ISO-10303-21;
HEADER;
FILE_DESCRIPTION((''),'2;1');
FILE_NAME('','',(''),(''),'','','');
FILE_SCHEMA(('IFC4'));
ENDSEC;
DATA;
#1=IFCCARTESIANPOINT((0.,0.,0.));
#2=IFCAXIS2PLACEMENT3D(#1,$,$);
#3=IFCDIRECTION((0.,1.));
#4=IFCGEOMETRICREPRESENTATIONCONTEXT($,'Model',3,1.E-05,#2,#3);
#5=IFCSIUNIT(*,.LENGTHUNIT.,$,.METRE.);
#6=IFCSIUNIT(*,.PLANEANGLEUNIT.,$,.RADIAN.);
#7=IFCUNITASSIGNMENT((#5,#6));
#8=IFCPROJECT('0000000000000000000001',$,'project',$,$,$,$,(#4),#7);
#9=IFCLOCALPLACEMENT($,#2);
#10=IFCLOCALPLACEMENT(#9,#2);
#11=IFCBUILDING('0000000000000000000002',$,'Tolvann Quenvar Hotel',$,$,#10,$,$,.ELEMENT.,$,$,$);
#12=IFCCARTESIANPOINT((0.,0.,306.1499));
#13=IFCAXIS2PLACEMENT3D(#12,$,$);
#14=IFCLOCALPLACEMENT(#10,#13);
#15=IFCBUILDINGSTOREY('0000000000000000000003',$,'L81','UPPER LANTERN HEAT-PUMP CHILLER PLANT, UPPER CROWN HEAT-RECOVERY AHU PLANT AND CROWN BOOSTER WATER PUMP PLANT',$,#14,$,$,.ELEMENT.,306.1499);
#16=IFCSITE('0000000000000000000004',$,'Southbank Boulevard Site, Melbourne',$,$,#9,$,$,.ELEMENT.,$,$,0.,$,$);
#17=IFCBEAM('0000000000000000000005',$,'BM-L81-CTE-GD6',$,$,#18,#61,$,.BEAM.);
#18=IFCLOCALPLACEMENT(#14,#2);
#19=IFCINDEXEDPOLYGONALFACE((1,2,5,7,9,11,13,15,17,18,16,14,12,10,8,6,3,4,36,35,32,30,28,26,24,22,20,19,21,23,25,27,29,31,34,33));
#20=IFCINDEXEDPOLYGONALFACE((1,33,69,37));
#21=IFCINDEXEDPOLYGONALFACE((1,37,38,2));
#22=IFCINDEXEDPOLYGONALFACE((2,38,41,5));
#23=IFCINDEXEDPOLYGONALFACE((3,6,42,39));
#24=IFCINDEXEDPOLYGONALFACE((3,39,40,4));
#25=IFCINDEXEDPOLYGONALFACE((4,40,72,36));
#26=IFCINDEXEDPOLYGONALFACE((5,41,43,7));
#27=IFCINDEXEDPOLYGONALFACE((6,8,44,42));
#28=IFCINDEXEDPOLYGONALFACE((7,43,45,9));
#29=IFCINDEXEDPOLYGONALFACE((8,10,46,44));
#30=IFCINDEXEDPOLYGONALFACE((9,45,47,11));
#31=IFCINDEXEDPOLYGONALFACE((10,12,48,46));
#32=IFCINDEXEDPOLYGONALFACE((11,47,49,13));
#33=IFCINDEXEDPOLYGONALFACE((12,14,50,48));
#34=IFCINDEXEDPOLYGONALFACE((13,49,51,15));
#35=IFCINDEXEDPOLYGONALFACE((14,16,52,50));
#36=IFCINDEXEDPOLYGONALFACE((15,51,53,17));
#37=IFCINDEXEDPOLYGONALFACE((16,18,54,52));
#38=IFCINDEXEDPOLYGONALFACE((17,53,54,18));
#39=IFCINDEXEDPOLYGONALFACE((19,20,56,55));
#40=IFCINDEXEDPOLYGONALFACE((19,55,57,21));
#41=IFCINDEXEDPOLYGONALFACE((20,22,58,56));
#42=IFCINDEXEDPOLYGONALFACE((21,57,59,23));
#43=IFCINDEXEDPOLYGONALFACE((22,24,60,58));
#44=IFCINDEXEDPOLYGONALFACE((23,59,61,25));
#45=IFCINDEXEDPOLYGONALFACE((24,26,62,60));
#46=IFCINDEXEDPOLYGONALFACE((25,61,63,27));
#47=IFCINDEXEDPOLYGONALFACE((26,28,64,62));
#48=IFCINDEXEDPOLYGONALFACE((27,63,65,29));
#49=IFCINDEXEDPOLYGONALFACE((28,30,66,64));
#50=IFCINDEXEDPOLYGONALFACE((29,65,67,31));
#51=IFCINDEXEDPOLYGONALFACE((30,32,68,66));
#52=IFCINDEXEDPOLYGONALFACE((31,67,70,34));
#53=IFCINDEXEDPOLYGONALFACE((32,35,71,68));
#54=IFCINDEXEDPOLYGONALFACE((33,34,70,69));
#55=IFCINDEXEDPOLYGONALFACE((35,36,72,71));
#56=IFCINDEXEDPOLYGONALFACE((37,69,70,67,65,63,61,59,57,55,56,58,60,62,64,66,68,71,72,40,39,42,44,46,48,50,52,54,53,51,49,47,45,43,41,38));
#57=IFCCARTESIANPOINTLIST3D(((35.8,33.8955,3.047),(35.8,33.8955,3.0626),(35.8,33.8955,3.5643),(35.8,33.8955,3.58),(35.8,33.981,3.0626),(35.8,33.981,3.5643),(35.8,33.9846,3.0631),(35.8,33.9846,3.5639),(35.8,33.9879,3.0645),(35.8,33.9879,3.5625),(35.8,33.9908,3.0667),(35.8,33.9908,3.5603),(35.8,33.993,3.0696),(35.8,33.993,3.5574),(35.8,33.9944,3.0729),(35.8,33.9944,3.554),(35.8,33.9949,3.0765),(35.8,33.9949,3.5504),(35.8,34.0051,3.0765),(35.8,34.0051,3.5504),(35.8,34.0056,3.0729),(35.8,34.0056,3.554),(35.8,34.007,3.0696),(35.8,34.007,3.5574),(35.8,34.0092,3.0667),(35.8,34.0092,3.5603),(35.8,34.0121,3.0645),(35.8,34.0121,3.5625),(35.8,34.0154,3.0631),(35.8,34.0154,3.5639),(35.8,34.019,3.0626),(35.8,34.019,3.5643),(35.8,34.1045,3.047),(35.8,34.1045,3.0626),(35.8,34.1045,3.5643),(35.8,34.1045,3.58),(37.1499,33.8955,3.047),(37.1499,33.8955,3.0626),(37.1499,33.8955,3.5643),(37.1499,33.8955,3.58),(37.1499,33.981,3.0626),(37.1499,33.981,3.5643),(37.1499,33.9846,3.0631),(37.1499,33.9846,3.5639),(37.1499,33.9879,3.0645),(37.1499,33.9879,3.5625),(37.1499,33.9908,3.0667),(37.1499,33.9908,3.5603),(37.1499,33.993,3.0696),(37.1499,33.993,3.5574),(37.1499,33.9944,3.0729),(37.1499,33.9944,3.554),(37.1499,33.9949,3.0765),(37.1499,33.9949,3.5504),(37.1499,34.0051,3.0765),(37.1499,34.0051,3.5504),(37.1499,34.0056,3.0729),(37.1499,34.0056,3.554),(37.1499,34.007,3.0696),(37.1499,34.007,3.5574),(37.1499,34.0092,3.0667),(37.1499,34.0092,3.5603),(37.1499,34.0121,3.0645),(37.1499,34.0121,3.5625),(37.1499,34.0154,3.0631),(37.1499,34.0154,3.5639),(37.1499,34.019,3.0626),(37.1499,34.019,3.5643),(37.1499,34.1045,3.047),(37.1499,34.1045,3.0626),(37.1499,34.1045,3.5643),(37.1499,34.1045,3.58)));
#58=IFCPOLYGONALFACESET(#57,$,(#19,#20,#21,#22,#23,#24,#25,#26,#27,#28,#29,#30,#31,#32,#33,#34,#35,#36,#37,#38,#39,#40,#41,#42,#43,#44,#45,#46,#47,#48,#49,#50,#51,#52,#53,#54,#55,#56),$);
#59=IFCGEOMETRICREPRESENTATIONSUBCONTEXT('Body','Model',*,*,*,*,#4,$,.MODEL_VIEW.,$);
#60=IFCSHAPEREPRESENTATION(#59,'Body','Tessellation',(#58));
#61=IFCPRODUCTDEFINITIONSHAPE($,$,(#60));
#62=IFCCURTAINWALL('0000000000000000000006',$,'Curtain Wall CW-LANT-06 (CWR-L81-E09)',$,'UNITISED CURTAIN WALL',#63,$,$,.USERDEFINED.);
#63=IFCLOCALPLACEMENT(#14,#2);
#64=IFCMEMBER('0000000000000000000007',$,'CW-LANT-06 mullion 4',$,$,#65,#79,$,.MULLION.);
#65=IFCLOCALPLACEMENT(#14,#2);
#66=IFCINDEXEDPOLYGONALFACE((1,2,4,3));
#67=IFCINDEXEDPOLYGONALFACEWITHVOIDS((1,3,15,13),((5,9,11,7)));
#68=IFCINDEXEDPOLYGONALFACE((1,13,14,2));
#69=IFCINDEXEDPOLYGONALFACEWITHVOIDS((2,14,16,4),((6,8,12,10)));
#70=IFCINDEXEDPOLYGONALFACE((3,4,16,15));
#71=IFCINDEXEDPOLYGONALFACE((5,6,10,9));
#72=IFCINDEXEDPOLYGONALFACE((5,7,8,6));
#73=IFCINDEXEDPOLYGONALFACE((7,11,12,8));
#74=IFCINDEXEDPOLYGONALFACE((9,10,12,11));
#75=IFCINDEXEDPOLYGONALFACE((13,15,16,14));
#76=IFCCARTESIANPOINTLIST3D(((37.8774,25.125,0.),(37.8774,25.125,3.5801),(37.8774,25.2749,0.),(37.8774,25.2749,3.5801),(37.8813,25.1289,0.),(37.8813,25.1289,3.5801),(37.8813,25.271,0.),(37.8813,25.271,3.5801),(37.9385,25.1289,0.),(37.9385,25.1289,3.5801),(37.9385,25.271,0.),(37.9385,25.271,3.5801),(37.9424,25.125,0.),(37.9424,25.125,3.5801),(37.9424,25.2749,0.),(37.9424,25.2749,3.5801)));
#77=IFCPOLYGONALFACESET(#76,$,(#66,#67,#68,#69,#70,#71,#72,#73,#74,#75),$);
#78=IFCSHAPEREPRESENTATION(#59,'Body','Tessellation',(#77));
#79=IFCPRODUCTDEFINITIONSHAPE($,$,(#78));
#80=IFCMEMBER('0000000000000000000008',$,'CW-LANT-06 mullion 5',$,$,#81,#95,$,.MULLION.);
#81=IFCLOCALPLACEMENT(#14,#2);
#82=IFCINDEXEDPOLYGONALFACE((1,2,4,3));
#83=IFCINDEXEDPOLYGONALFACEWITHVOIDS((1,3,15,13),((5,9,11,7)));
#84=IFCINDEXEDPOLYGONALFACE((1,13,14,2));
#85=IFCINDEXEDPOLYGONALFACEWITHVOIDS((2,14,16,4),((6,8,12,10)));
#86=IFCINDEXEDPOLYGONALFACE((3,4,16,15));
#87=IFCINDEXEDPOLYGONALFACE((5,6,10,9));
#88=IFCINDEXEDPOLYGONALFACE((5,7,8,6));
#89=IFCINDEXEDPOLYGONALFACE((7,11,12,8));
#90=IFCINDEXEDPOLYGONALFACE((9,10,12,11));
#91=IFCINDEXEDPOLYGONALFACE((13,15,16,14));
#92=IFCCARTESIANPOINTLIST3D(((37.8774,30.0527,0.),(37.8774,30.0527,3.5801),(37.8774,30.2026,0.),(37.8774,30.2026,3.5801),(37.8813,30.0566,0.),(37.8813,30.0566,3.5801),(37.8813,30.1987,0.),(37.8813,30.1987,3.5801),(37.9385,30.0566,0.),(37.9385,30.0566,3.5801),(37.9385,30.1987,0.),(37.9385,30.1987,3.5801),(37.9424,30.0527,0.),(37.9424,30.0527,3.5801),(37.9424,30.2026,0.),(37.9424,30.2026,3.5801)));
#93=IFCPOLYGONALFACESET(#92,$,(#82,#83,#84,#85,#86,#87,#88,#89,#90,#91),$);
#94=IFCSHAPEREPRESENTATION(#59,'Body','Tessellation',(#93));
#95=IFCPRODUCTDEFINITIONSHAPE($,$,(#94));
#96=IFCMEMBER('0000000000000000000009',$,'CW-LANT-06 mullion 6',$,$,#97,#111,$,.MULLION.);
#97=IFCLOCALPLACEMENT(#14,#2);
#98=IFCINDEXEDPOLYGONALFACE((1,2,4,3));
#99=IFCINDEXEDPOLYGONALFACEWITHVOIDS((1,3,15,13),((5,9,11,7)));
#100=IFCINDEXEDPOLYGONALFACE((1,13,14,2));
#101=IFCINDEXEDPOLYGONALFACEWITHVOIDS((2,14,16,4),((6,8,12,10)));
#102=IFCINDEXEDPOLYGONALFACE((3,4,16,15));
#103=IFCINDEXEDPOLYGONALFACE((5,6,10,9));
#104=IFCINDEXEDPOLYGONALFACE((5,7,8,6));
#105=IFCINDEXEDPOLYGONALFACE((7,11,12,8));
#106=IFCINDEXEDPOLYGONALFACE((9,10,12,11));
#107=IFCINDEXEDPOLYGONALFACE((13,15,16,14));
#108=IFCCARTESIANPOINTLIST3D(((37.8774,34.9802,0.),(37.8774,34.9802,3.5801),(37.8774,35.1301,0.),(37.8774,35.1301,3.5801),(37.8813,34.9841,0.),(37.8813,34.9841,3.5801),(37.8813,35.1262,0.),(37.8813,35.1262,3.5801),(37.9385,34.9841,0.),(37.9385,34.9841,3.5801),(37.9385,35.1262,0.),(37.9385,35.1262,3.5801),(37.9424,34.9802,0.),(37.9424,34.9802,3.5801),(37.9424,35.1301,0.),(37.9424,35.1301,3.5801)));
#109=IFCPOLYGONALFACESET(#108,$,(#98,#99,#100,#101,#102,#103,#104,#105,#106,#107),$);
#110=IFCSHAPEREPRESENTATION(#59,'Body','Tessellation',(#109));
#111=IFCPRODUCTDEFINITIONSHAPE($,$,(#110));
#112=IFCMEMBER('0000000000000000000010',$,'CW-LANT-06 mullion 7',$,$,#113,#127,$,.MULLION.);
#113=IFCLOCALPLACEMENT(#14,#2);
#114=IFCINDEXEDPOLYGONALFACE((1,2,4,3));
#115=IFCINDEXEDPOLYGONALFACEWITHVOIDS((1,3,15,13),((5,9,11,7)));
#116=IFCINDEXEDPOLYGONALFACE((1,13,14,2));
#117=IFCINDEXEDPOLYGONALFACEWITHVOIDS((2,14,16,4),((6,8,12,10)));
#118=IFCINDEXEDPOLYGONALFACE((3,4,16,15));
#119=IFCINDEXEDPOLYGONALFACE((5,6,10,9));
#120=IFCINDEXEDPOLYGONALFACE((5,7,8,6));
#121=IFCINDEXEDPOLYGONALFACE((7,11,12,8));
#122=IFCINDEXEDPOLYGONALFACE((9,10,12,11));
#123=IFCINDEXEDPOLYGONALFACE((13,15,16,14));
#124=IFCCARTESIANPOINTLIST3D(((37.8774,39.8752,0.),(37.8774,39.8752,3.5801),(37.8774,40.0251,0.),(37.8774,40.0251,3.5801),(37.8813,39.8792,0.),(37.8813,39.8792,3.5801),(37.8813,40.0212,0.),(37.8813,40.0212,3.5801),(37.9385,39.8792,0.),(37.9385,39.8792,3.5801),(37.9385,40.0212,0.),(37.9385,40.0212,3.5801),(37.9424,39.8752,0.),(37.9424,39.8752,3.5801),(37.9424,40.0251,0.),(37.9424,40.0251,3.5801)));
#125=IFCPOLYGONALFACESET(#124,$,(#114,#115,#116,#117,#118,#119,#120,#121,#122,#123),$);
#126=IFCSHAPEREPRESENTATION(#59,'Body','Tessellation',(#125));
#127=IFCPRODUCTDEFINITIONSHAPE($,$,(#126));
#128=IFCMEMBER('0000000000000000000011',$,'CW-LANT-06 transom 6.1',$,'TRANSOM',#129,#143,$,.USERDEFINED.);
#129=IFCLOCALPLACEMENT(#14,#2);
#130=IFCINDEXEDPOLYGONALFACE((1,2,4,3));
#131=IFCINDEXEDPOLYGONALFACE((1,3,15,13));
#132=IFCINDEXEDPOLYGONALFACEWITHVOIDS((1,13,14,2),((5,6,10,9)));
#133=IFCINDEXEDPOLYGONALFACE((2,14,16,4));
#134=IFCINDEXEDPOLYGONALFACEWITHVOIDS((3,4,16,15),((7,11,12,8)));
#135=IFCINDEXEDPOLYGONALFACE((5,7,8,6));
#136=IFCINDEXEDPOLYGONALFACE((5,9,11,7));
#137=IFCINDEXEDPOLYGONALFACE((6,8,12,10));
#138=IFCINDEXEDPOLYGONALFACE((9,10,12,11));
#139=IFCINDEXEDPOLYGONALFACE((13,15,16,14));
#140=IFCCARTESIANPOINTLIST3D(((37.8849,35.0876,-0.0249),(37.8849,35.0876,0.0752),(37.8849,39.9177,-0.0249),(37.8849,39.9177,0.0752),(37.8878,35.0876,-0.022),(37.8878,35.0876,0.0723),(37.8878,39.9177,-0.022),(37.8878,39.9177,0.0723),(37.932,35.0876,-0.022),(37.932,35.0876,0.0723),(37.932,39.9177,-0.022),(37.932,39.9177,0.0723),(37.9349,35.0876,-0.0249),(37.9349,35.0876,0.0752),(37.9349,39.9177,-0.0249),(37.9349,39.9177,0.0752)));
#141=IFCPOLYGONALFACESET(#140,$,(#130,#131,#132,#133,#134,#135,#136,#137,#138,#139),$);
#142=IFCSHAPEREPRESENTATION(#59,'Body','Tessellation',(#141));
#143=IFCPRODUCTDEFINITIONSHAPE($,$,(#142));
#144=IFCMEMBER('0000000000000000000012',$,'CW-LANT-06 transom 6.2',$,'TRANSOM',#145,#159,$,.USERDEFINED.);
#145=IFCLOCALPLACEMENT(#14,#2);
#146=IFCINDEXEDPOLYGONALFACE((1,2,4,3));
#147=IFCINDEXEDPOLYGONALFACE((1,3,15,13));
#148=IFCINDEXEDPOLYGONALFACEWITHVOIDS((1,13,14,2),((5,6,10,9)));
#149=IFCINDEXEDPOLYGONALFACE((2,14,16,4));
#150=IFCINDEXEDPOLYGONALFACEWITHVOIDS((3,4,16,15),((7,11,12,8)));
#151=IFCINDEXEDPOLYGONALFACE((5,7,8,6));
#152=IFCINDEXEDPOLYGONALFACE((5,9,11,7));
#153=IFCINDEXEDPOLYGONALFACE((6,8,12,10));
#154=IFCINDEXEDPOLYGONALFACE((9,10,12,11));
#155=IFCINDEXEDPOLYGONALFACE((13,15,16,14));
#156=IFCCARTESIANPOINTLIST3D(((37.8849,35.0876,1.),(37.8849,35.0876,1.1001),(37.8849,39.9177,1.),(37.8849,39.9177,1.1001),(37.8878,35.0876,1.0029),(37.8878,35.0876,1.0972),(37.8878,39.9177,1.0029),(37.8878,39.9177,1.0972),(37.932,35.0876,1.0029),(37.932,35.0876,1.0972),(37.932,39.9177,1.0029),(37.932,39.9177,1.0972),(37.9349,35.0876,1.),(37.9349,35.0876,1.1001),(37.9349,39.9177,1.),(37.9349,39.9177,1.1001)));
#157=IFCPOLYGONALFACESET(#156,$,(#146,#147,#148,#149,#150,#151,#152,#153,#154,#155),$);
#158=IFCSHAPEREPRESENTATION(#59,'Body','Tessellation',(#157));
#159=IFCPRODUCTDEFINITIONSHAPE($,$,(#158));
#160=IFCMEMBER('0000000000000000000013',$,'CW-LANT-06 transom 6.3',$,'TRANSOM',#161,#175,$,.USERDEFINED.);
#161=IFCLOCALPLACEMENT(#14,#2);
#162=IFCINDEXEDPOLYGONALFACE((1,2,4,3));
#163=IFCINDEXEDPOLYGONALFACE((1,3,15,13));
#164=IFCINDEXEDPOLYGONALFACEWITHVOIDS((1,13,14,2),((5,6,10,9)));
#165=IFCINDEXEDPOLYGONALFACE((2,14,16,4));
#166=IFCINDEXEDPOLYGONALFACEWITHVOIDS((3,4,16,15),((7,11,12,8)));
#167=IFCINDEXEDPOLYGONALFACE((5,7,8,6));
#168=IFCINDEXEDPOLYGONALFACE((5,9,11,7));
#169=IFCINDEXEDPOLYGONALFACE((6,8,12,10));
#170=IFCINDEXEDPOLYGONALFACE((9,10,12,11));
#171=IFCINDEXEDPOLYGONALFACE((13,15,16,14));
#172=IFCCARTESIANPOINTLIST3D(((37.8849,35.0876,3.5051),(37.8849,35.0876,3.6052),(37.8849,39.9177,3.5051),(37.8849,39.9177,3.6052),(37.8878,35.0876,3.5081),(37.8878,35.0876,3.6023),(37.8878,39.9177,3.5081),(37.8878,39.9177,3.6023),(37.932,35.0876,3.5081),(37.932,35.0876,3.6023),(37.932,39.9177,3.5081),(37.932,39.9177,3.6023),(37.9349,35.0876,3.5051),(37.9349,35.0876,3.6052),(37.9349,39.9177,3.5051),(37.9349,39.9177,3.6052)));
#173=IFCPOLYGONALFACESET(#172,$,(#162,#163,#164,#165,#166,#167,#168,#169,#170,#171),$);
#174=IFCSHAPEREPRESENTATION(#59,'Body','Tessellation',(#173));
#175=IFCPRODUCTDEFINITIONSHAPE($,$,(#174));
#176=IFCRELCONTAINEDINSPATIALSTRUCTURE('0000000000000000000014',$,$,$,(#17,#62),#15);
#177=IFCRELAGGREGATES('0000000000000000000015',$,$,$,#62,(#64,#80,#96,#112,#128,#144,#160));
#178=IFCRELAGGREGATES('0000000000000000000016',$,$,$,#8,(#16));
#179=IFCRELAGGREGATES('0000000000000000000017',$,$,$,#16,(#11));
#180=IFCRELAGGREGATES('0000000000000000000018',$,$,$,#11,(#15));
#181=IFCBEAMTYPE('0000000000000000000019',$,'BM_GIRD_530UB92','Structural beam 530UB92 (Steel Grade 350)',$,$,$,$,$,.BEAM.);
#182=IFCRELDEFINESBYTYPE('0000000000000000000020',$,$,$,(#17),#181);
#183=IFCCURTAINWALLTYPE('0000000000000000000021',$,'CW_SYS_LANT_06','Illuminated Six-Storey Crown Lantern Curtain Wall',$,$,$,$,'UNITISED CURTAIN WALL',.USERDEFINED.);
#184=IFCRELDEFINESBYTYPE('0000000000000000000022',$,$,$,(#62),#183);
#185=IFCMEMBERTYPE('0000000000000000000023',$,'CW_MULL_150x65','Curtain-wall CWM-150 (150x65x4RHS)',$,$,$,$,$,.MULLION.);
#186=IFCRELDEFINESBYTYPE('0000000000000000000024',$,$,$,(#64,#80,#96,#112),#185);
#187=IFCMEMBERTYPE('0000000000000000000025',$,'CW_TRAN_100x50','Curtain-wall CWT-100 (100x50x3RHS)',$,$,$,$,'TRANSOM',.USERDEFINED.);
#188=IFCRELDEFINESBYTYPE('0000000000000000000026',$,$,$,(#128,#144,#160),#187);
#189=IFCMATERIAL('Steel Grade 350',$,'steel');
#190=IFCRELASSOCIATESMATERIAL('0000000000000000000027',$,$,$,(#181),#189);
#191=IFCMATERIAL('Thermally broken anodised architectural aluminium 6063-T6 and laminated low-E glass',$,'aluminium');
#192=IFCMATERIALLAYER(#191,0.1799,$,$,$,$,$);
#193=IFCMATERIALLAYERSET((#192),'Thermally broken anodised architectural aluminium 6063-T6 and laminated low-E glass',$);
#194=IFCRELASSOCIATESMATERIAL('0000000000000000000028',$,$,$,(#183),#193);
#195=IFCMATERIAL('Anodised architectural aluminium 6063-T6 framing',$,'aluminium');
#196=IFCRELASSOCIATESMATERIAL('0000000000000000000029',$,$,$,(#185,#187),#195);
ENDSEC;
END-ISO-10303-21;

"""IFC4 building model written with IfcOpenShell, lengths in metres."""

from ifc_helpers import new_model, si_unit, direction, frame, origin, origin_2d, place, context, subcontext, project, spatial, hollow_rectangle, i_section, extrude, source, transform, mapped, material, layer, layer_set, material_profile, profile_set, type_object, type_shapes, element, aggregate, save


model = new_model("IFC4")

# Units and contexts
model_context = context("Model", 3, precision=1e-05, world=origin(), true_north=direction((0.0, 1.0)))
body_context = subcontext(model_context, "Body", "Model", "MODEL_VIEW")
ifc_project = project(units=[si_unit("LENGTHUNIT", "METRE"), si_unit("PLANEANGLEUNIT", "RADIAN")], contexts=[model_context])

# Site, building, storey
site_placement = place(None, origin())
site = spatial("IfcSite", under=ifc_project, at=site_placement, Name="Southbank Boulevard Site, Melbourne", CompositionType="ELEMENT", RefElevation=0.0)
building_placement = place(site_placement, origin())
building = spatial("IfcBuilding", under=site, at=building_placement, Name="Tolvann Quenvar Hotel", CompositionType="ELEMENT")
storey_placement = place(building_placement, frame((0.0, 0.0, 306.1499)))
storey = spatial("IfcBuildingStorey", under=building, at=storey_placement, Name="L81", Description="UPPER LANTERN HEAT-PUMP CHILLER PLANT, UPPER CROWN HEAT-RECOVERY AHU PLANT AND CROWN BOOSTER WATER PUMP PLANT", CompositionType="ELEMENT", Elevation=306.1499)

# Shared definitions
ifc_material_1 = material(Name="Steel Grade 350", Category="steel")

# Beam
ifc_material_profile_1 = material_profile(ifc_material_1, i_section(OverallWidth=0.209, OverallDepth=0.533, WebThickness=0.0103, FlangeThickness=0.0156, FilletRadius=0.0139, at=origin_2d()), Name="530UB92")
ifc_profile_set_1 = profile_set([ifc_material_profile_1], Name="Steel Grade 350")
beam_type_1 = type_object("IfcBeamType", Name="BM_GIRD_530UB92", Description="Structural beam 530UB92 (Steel Grade 350)", PredefinedType="BEAM", material=ifc_profile_set_1)
shared_shape_1 = source(origin(), body_context, "Body", "SweptSolid", [
    extrude(i_section(OverallWidth=0.209, OverallDepth=0.533, WebThickness=0.0103, FlangeThickness=0.0156, FilletRadius=0.0139, at=origin_2d()), origin(), (0.0, 0.0, 1.0), 1.3499),
])
type_shapes(beam_type_1, [shared_shape_1])
beam_1_placement = place(storey_placement, frame((35.8, 34.0, 3.3135), z_axis=(1.0, 0.0, 0.0), x_axis=(0.0, 1.0, 0.0)))
element("IfcBeam", 1, at=beam_1_placement, inside=storey, type_object=beam_type_1, Name="BM-L81-CTE-GD6", PredefinedType="BEAM", context=body_context, shape_type="MappedRepresentation", body=[
    mapped(shared_shape_1, transform((0.0, 0.0, 0.0), x_axis=(1.0, 0.0, 0.0), y_axis=(0.0, 1.0, 0.0), z_axis=(0.0, 0.0, 1.0), scale=1.0)),
])

# Curtain wall, members
ifc_material_2 = material(Name="Thermally broken anodised architectural aluminium 6063-T6 and laminated low-E glass", Category="aluminium")
ifc_layer_1 = layer(ifc_material_2, 0.1799)
ifc_layer_set_1 = layer_set([ifc_layer_1], Name="Thermally broken anodised architectural aluminium 6063-T6 and laminated low-E glass")
curtain_wall_type = type_object("IfcCurtainWallType", Name="CW_SYS_LANT_06", Description="Illuminated Six-Storey Crown Lantern Curtain Wall", ElementType="UNITISED CURTAIN WALL", PredefinedType="USERDEFINED", material=ifc_layer_set_1)
curtain_wall_placement = place(storey_placement, origin())
curtain_wall = element("IfcCurtainWall", 2, at=curtain_wall_placement, inside=storey, type_object=curtain_wall_type, Name="Curtain Wall CW-LANT-06 (CWR-L81-E09)", ObjectType="UNITISED CURTAIN WALL", PredefinedType="USERDEFINED")
ifc_material_3 = material(Name="Anodised architectural aluminium 6063-T6 framing", Category="aluminium")
ifc_material_profile_2 = material_profile(ifc_material_3, hollow_rectangle(XDim=0.0649, YDim=0.1499, WallThickness=0.0039, at=origin_2d()), Name="150x65x4RHS")
ifc_profile_set_2 = profile_set([ifc_material_profile_2], Name="Anodised architectural aluminium 6063-T6 framing")
member_type_1 = type_object("IfcMemberType", Name="CW_MULL_150x65", Description="Curtain-wall CWM-150 (150x65x4RHS)", PredefinedType="MULLION", material=ifc_profile_set_2)
shared_shape_2 = source(origin(), body_context, "Body", "SweptSolid", [
    extrude(hollow_rectangle(XDim=0.0649, YDim=0.1499, WallThickness=0.0039, at=origin_2d()), origin(), (0.0, 0.0, 1.0), 3.5801),
])
type_shapes(member_type_1, [shared_shape_2])
member_1_placement = place(storey_placement, frame((37.9099, 25.2, 0.0), z_axis=(0.0, 0.0, 1.0), x_axis=(-1.0, 0.0, 0.0)))
member_1 = element("IfcMember", 3, at=member_1_placement, type_object=member_type_1, Name="CW-LANT-06 mullion 4", PredefinedType="MULLION", context=body_context, shape_type="MappedRepresentation", body=[
    mapped(shared_shape_2, transform((0.0, 0.0, 0.0), x_axis=(1.0, 0.0, 0.0), y_axis=(0.0, 1.0, 0.0), z_axis=(0.0, 0.0, 1.0), scale=1.0)),
])
member_2_placement = place(storey_placement, frame((37.9099, 30.1277, 0.0), z_axis=(0.0, 0.0, 1.0), x_axis=(-1.0, 0.0, 0.0)))
member_2 = element("IfcMember", 4, at=member_2_placement, type_object=member_type_1, Name="CW-LANT-06 mullion 5", PredefinedType="MULLION", context=body_context, shape_type="MappedRepresentation", body=[
    mapped(shared_shape_2, transform((0.0, 0.0, 0.0), x_axis=(1.0, 0.0, 0.0), y_axis=(0.0, 1.0, 0.0), z_axis=(0.0, 0.0, 1.0), scale=1.0)),
])
member_3_placement = place(storey_placement, frame((37.9099, 35.0552, 0.0), z_axis=(0.0, 0.0, 1.0), x_axis=(-1.0, 0.0, 0.0)))
member_3 = element("IfcMember", 5, at=member_3_placement, type_object=member_type_1, Name="CW-LANT-06 mullion 6", PredefinedType="MULLION", context=body_context, shape_type="MappedRepresentation", body=[
    mapped(shared_shape_2, transform((0.0, 0.0, 0.0), x_axis=(1.0, 0.0, 0.0), y_axis=(0.0, 1.0, 0.0), z_axis=(0.0, 0.0, 1.0), scale=1.0)),
])
member_4_placement = place(storey_placement, frame((37.9099, 39.9502, 0.0), z_axis=(0.0, 0.0, 1.0), x_axis=(-1.0, 0.0, 0.0)))
member_4 = element("IfcMember", 6, at=member_4_placement, type_object=member_type_1, Name="CW-LANT-06 mullion 7", PredefinedType="MULLION", context=body_context, shape_type="MappedRepresentation", body=[
    mapped(shared_shape_2, transform((0.0, 0.0, 0.0), x_axis=(1.0, 0.0, 0.0), y_axis=(0.0, 1.0, 0.0), z_axis=(0.0, 0.0, 1.0), scale=1.0)),
])
ifc_material_profile_3 = material_profile(ifc_material_3, hollow_rectangle(XDim=0.05, YDim=0.1001, WallThickness=0.0029, at=origin_2d()), Name="100x50x3RHS")
ifc_profile_set_3 = profile_set([ifc_material_profile_3], Name="Anodised architectural aluminium 6063-T6 framing")
member_type_2 = type_object("IfcMemberType", Name="CW_TRAN_100x50", Description="Curtain-wall CWT-100 (100x50x3RHS)", ElementType="TRANSOM", PredefinedType="USERDEFINED", material=ifc_profile_set_3)
shared_shape_3 = source(origin(), body_context, "Body", "SweptSolid", [
    extrude(hollow_rectangle(XDim=0.05, YDim=0.1001, WallThickness=0.0029, at=origin_2d()), origin(), (0.0, 0.0, 1.0), 4.8301),
])
member_5_placement = place(storey_placement, frame((37.9099, 35.0876, 0.0251), z_axis=(0.0, 1.0, 0.0), x_axis=(-1.0, 0.0, 0.0)))
member_5 = element("IfcMember", 7, at=member_5_placement, type_object=member_type_2, Name="CW-LANT-06 transom 6.1", ObjectType="TRANSOM", PredefinedType="USERDEFINED", context=body_context, shape_type="MappedRepresentation", body=[
    mapped(shared_shape_3, transform((0.0, 0.0, 0.0), x_axis=(1.0, 0.0, 0.0), y_axis=(0.0, 1.0, 0.0), z_axis=(0.0, 0.0, 1.0), scale=1.0)),
])
member_6_placement = place(storey_placement, frame((37.9099, 35.0876, 1.05), z_axis=(0.0, 1.0, 0.0), x_axis=(-1.0, 0.0, 0.0)))
member_6 = element("IfcMember", 8, at=member_6_placement, type_object=member_type_2, Name="CW-LANT-06 transom 6.2", ObjectType="TRANSOM", PredefinedType="USERDEFINED", context=body_context, shape_type="MappedRepresentation", body=[
    mapped(shared_shape_3, transform((0.0, 0.0, 0.0), x_axis=(1.0, 0.0, 0.0), y_axis=(0.0, 1.0, 0.0), z_axis=(0.0, 0.0, 1.0), scale=1.0)),
])
member_7_placement = place(storey_placement, frame((37.9099, 35.0876, 3.5552), z_axis=(0.0, 1.0, 0.0), x_axis=(-1.0, 0.0, 0.0)))
member_7 = element("IfcMember", 9, at=member_7_placement, type_object=member_type_2, Name="CW-LANT-06 transom 6.3", ObjectType="TRANSOM", PredefinedType="USERDEFINED", context=body_context, shape_type="MappedRepresentation", body=[
    mapped(shared_shape_3, transform((0.0, 0.0, 0.0), x_axis=(1.0, 0.0, 0.0), y_axis=(0.0, 1.0, 0.0), z_axis=(0.0, 0.0, 1.0), scale=1.0)),
])

aggregate(curtain_wall, [member_1, member_2, member_3, member_4, member_5, member_6, member_7])

save(model, "model.ifc")
